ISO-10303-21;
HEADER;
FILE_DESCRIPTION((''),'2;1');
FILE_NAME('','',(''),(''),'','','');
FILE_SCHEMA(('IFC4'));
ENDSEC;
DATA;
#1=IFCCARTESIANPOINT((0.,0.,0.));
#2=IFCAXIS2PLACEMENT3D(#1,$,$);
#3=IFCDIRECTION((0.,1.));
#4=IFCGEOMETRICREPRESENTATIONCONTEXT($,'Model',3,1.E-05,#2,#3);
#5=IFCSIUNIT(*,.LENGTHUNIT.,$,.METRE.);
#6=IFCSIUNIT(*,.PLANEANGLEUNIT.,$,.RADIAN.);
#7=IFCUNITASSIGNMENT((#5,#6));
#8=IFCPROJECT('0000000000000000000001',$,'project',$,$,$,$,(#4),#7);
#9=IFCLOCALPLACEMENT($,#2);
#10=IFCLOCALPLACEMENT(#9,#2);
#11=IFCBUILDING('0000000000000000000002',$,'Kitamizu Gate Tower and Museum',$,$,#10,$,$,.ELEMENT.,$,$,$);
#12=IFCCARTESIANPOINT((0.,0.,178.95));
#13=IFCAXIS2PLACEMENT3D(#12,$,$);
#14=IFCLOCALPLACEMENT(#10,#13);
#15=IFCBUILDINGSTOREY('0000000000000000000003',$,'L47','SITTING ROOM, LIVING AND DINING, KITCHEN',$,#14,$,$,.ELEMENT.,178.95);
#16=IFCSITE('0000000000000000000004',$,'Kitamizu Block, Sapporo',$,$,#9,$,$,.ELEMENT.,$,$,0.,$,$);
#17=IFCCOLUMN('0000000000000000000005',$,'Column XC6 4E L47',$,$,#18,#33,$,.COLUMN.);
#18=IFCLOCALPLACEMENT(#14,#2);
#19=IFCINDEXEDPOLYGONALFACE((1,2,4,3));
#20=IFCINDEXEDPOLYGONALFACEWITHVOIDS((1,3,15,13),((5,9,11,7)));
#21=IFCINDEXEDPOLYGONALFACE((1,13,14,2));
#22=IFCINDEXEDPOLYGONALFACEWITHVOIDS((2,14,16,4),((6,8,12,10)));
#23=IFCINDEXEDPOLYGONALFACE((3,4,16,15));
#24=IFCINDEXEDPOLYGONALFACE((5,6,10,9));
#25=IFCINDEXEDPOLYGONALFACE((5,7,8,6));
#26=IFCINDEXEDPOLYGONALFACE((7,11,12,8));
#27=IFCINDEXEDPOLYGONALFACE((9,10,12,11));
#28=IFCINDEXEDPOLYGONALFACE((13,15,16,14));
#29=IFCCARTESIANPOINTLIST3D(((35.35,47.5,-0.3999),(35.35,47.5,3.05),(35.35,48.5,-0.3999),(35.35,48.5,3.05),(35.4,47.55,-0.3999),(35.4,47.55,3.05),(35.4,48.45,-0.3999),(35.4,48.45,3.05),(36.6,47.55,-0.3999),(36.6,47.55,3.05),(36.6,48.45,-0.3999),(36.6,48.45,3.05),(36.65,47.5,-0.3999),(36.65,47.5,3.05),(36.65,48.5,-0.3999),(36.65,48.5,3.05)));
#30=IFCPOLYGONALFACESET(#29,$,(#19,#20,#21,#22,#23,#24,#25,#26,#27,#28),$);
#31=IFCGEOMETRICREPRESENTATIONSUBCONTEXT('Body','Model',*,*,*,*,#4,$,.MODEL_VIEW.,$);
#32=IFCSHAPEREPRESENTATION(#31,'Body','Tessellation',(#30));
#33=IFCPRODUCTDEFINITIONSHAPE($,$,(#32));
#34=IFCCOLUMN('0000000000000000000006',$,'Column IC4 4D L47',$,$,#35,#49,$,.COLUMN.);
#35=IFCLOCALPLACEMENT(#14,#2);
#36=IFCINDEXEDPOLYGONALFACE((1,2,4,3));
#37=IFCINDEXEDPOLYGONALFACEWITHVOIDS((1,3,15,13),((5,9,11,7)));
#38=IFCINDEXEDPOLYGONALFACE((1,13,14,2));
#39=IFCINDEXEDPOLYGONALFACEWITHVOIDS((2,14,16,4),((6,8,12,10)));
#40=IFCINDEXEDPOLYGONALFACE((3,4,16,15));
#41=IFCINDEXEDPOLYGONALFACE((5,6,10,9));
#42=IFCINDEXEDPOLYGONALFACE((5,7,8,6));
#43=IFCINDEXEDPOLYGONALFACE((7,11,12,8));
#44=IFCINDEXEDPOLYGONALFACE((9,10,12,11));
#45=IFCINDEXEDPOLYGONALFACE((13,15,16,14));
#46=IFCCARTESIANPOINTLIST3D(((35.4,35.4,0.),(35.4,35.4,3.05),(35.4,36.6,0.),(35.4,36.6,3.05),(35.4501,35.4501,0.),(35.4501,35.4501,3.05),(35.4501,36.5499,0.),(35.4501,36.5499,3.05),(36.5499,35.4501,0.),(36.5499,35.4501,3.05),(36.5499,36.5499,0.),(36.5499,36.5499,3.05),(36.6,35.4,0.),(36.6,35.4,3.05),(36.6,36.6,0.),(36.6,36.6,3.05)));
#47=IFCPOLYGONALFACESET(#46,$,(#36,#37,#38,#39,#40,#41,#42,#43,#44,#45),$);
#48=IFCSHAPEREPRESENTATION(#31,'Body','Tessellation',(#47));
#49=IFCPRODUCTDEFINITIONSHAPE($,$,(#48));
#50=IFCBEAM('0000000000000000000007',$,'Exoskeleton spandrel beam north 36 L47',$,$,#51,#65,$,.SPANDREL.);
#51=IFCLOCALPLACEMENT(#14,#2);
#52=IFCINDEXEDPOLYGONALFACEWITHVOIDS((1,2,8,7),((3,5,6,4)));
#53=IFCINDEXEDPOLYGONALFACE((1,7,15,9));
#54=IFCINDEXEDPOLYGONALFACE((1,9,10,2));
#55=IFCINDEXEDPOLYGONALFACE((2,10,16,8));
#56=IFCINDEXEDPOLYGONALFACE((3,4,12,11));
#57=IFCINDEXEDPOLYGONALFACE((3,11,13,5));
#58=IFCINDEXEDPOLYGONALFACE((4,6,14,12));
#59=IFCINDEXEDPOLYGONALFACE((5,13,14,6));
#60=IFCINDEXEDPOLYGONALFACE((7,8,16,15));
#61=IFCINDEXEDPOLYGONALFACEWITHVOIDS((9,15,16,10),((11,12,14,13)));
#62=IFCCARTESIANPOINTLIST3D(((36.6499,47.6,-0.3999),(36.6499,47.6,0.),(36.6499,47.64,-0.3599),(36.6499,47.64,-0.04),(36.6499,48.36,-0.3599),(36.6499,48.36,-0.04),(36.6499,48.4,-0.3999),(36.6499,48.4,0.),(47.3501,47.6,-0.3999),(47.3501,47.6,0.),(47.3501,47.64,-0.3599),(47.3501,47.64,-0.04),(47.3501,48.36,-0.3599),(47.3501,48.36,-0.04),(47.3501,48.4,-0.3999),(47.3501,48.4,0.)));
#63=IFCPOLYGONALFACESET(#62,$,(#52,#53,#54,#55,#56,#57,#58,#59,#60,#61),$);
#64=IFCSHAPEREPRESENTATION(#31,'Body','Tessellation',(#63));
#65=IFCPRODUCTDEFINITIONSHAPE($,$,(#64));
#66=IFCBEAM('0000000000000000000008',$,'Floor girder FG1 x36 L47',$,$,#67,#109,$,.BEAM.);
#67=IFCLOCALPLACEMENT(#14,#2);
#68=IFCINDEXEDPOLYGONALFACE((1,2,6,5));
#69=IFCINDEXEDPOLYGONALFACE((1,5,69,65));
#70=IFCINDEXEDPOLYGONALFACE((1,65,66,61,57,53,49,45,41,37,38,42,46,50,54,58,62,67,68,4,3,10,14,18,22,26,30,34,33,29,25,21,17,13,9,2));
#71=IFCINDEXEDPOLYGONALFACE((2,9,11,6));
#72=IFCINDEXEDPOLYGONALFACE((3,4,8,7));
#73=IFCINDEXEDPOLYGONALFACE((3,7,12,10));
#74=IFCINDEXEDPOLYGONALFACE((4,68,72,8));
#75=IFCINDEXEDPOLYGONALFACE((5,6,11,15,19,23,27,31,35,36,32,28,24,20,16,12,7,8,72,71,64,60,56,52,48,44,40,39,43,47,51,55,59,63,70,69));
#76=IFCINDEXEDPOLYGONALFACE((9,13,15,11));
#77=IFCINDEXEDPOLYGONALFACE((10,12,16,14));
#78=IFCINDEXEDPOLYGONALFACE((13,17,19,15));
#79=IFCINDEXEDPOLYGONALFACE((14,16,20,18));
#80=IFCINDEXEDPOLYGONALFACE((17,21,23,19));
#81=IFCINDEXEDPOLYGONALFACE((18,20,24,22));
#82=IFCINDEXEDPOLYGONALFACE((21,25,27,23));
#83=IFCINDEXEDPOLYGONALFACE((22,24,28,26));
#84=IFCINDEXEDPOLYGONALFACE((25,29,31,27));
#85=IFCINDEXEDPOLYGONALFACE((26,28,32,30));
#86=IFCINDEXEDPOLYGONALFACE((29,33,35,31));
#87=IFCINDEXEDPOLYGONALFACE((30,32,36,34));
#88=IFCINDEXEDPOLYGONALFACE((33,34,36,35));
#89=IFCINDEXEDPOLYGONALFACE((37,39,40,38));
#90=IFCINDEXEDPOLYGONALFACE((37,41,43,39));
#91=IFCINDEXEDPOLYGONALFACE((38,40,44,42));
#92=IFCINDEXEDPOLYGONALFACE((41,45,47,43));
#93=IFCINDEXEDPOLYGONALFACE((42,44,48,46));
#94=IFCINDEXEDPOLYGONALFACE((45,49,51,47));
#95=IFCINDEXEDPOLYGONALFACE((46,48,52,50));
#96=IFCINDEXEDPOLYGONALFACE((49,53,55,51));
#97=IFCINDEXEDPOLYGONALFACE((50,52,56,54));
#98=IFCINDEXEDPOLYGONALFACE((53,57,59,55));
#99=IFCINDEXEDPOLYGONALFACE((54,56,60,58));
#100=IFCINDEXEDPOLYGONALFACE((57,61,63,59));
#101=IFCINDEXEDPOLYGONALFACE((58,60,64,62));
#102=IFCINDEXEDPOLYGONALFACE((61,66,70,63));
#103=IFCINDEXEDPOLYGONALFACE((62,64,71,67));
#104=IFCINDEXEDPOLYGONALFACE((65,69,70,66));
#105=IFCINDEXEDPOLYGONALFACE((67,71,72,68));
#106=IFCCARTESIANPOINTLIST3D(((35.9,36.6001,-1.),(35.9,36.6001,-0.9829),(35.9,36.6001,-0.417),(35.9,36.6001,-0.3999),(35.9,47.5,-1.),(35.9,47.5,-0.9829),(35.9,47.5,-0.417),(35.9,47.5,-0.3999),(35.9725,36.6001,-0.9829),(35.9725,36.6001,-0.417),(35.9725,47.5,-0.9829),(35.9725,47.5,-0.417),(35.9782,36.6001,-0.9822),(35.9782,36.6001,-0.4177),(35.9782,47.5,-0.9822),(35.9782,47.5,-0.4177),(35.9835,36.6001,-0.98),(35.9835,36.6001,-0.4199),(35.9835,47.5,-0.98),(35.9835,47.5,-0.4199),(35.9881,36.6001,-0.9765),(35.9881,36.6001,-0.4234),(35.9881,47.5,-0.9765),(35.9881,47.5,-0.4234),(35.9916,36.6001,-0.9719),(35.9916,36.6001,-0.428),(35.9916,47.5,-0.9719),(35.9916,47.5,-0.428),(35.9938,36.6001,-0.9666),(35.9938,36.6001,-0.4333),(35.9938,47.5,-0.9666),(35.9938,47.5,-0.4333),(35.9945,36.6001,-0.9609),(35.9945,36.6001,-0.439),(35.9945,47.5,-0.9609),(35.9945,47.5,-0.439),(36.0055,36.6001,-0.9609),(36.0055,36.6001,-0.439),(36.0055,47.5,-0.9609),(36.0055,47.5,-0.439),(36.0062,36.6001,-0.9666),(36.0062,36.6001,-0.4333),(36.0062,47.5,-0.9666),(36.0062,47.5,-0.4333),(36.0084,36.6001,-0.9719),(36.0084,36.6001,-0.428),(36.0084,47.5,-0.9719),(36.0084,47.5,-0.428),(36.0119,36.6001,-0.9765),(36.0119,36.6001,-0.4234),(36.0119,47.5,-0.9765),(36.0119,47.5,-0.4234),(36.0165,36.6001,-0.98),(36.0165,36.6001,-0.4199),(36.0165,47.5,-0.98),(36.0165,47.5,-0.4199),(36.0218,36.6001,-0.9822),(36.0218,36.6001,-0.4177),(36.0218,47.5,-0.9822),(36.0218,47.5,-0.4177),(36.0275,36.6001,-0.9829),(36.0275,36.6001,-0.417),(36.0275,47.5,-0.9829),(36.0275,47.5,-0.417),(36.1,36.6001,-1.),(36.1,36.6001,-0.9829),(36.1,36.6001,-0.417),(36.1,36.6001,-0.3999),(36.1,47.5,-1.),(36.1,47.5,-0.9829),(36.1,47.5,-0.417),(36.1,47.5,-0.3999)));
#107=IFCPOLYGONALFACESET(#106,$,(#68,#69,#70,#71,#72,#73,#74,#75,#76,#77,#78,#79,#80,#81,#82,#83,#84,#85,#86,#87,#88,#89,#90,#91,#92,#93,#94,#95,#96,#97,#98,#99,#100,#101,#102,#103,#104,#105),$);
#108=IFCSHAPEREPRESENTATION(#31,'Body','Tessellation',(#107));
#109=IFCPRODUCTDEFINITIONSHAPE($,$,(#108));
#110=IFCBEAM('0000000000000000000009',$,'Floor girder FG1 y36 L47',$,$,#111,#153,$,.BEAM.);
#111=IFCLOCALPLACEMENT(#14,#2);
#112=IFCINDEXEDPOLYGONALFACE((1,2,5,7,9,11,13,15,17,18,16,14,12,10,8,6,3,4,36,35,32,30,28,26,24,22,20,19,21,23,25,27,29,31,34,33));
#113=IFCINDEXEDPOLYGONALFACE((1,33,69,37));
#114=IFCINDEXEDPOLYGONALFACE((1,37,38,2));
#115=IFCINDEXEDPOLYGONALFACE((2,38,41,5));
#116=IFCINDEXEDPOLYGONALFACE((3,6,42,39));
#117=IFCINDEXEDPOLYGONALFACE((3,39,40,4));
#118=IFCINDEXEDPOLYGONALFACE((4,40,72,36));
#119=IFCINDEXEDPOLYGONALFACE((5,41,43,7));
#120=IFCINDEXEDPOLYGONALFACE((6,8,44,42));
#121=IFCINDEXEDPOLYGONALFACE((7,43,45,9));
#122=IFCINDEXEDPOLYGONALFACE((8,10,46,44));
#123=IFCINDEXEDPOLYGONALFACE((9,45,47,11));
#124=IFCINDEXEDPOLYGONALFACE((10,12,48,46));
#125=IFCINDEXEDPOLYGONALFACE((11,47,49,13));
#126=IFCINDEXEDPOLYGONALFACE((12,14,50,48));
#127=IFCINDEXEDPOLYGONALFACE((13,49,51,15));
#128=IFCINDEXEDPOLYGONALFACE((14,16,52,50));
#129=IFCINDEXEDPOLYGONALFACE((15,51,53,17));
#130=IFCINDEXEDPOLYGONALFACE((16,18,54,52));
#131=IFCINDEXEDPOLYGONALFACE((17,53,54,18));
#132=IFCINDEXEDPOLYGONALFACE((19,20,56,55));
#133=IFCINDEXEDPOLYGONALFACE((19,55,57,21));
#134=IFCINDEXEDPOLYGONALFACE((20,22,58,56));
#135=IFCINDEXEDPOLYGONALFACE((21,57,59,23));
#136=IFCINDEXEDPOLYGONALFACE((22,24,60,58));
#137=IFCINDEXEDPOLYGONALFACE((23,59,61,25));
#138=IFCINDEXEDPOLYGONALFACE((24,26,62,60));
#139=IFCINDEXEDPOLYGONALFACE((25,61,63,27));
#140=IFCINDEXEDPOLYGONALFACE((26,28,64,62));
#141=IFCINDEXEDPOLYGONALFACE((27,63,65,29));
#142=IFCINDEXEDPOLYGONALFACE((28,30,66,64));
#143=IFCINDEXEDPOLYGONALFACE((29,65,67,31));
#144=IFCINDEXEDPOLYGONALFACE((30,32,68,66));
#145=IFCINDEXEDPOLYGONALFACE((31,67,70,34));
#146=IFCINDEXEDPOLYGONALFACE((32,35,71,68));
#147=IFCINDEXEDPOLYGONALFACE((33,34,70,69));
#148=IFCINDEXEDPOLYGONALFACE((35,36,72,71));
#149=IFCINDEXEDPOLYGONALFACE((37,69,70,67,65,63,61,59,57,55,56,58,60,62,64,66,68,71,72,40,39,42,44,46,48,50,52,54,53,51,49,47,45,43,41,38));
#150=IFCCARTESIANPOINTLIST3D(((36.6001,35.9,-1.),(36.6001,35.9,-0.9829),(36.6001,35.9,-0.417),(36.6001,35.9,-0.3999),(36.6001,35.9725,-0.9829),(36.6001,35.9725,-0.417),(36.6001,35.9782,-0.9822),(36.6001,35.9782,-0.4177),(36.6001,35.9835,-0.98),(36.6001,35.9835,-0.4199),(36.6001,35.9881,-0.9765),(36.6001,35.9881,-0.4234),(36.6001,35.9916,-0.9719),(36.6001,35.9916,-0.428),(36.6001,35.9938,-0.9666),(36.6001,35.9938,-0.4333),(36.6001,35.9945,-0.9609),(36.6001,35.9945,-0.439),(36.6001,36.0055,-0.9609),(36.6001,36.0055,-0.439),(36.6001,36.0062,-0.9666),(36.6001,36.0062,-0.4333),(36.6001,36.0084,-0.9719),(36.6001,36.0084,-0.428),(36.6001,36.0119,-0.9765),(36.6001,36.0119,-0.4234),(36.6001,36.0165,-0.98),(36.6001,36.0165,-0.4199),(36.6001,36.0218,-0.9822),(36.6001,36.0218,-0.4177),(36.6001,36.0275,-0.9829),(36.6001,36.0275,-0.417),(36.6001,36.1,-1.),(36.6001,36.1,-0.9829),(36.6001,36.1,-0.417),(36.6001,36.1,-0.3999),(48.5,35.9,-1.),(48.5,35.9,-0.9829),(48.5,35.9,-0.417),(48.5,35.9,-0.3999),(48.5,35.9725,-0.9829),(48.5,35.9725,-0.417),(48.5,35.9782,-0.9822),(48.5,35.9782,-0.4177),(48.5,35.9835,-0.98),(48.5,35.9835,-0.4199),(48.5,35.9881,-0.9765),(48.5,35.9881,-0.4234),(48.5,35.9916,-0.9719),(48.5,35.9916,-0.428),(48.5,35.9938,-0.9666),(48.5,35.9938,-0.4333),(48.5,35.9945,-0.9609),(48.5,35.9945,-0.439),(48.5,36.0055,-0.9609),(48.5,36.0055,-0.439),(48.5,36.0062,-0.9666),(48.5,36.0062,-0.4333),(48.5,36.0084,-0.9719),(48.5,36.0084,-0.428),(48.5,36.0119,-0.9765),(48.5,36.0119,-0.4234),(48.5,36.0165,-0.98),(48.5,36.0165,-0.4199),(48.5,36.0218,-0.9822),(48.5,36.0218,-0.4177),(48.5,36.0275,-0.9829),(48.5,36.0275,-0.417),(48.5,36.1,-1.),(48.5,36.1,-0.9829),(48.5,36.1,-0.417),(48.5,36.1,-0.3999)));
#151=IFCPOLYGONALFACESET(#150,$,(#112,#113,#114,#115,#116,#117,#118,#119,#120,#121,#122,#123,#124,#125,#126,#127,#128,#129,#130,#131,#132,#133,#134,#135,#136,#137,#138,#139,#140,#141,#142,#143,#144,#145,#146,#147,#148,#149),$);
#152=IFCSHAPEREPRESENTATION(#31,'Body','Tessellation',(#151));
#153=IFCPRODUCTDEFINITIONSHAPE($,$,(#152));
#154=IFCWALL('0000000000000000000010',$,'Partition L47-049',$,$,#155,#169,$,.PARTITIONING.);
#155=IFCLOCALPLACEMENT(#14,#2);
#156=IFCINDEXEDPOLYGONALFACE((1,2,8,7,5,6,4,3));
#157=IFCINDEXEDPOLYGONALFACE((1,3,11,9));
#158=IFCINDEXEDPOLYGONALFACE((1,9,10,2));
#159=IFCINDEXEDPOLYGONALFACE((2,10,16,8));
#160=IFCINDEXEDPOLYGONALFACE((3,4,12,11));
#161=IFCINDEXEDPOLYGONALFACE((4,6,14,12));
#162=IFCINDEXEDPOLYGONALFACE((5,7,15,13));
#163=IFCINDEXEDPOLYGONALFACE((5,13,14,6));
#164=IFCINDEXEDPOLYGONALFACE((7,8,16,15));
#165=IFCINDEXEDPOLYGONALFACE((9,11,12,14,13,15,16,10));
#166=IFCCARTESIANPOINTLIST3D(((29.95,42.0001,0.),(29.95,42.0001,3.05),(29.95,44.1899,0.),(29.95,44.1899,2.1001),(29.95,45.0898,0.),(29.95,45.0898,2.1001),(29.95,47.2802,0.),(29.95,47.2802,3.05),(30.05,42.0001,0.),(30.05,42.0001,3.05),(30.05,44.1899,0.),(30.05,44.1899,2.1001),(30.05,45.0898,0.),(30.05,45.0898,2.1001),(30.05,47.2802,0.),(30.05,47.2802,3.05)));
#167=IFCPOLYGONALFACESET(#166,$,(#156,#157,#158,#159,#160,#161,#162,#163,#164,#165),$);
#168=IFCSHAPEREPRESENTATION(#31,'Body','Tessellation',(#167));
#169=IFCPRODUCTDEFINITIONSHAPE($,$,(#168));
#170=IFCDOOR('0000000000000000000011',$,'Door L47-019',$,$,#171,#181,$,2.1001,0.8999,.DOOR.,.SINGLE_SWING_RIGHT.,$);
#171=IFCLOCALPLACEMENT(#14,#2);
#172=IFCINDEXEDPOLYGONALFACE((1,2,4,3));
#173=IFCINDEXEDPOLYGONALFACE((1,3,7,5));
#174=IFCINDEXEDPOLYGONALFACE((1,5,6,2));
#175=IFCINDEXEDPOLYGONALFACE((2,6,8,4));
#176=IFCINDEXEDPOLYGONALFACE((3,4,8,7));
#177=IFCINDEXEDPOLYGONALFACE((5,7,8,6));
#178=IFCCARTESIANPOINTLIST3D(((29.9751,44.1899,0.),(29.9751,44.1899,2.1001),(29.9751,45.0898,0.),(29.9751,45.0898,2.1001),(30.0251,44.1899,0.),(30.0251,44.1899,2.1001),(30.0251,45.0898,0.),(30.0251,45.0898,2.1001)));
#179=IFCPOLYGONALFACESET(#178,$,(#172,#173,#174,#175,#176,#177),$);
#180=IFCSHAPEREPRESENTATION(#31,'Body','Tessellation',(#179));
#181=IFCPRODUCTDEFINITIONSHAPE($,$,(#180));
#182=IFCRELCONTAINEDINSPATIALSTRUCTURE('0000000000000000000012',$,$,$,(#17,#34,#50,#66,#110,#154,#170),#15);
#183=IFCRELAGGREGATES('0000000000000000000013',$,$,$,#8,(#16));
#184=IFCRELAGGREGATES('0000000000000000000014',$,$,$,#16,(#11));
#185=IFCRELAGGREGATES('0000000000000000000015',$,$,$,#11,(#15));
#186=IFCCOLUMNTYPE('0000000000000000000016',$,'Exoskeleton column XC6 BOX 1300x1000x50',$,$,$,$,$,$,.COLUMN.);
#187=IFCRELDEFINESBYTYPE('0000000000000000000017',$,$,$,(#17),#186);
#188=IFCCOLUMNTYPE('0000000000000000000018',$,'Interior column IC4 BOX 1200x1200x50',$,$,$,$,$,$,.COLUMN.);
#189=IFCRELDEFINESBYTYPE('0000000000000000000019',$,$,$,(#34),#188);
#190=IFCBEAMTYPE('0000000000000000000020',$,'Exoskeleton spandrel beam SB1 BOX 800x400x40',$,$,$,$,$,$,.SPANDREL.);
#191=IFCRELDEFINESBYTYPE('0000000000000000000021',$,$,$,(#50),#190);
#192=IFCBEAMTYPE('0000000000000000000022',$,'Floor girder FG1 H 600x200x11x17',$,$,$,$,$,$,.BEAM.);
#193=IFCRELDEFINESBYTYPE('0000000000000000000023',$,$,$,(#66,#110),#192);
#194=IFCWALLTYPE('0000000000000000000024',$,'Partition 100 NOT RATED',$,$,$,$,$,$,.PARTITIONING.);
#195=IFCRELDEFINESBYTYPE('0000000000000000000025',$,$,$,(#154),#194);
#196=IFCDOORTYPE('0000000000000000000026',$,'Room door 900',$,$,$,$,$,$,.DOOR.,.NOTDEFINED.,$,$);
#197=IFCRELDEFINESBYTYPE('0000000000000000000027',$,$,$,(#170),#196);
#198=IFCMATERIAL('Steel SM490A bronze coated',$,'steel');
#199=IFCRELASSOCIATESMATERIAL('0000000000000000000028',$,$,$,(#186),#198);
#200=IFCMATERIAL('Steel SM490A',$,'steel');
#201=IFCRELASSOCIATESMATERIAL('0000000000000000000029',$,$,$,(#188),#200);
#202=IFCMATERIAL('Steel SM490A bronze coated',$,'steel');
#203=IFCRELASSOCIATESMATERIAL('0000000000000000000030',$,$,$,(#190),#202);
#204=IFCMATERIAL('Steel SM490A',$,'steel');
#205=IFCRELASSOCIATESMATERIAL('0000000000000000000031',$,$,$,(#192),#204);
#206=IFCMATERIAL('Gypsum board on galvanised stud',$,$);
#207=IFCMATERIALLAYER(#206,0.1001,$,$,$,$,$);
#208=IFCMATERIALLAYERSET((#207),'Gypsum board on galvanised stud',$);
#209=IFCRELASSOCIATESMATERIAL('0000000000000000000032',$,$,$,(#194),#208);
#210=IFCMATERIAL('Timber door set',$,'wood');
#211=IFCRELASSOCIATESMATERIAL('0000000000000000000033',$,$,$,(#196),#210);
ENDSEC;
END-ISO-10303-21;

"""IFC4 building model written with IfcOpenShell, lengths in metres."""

from ifc_helpers import new_model, si_unit, direction, frame, frame_2d, origin, origin_2d, place, context, subcontext, project, spatial, rectangle, hollow_rectangle, i_section, extrude, material, layer, layer_set, material_profile, profile_set, type_object, element, fill, save


model = new_model("IFC4")

# Units and contexts
model_context = context("Model", 3, precision=1e-05, world=origin(), true_north=direction((0.0, 1.0)))
body_context = subcontext(model_context, "Body", "Model", "MODEL_VIEW")
ifc_project = project(units=[si_unit("LENGTHUNIT", "METRE"), si_unit("PLANEANGLEUNIT", "RADIAN")], contexts=[model_context])

# Site, building, storey
site_placement = place(None, origin())
site = spatial("IfcSite", under=ifc_project, at=site_placement, Name="Kitamizu Block, Sapporo", CompositionType="ELEMENT", RefElevation=0.0)
building_placement = place(site_placement, origin())
building = spatial("IfcBuilding", under=site, at=building_placement, Name="Kitamizu Gate Tower and Museum", CompositionType="ELEMENT")
storey_placement = place(building_placement, frame((0.0, 0.0, 178.95)))
storey = spatial("IfcBuildingStorey", under=building, at=storey_placement, Name="L47", Description="SITTING ROOM, LIVING AND DINING, KITCHEN", CompositionType="ELEMENT", Elevation=178.95)

# Columns
ifc_material_1 = material(Name="Steel SM490A bronze coated", Category="steel")
ifc_material_profile_1 = material_profile(ifc_material_1, hollow_rectangle(XDim=1.3, YDim=1.0, WallThickness=0.05, at=origin_2d()), Name="BOX 1300x1000x50")
ifc_profile_set_1 = profile_set([ifc_material_profile_1], Name="Steel SM490A bronze coated")
column_type_1 = type_object("IfcColumnType", Name="Exoskeleton column XC6 BOX 1300x1000x50", PredefinedType="COLUMN", material=ifc_profile_set_1)
column_1_placement = place(storey_placement, frame((36.0, 48.0, -0.3999), z_axis=(0.0, 0.0, 1.0), x_axis=(1.0, 0.0, 0.0)))
element("IfcColumn", 1, at=column_1_placement, inside=storey, type_object=column_type_1, Name="Column XC6 4E L47", PredefinedType="COLUMN", context=body_context, shape_type="SweptSolid", body=[
    extrude(hollow_rectangle(XDim=1.3, YDim=1.0, WallThickness=0.05, at=origin_2d()), origin(), (0.0, 0.0, 1.0), 3.45),
])
ifc_material_2 = material(Name="Steel SM490A", Category="steel")
ifc_material_profile_2 = material_profile(ifc_material_2, hollow_rectangle(XDim=1.2, YDim=1.2, WallThickness=0.05, at=origin_2d()), Name="BOX 1200x1200x50")
ifc_profile_set_2 = profile_set([ifc_material_profile_2], Name="Steel SM490A")
column_type_2 = type_object("IfcColumnType", Name="Interior column IC4 BOX 1200x1200x50", PredefinedType="COLUMN", material=ifc_profile_set_2)
column_2_placement = place(storey_placement, frame((36.0, 36.0, 0.0), z_axis=(0.0, 0.0, 1.0), x_axis=(1.0, 0.0, 0.0)))
element("IfcColumn", 2, at=column_2_placement, inside=storey, type_object=column_type_2, Name="Column IC4 4D L47", PredefinedType="COLUMN", context=body_context, shape_type="SweptSolid", body=[
    extrude(hollow_rectangle(XDim=1.2, YDim=1.2, WallThickness=0.05, at=origin_2d()), origin(), (0.0, 0.0, 1.0), 3.05),
])

# Beams
ifc_material_3 = material(Name="Steel SM490A bronze coated", Category="steel")
ifc_material_profile_3 = material_profile(ifc_material_3, hollow_rectangle(XDim=0.8, YDim=0.3999, WallThickness=0.04, at=origin_2d()), Name="BOX 800x400x40")
ifc_profile_set_3 = profile_set([ifc_material_profile_3], Name="Steel SM490A bronze coated")
beam_type_1 = type_object("IfcBeamType", Name="Exoskeleton spandrel beam SB1 BOX 800x400x40", PredefinedType="SPANDREL", material=ifc_profile_set_3)
beam_1_placement = place(storey_placement, frame((36.6499, 48.0, -0.2), z_axis=(1.0, 0.0, 0.0), x_axis=(0.0, 1.0, 0.0)))
element("IfcBeam", 3, at=beam_1_placement, inside=storey, type_object=beam_type_1, Name="Exoskeleton spandrel beam north 36 L47", PredefinedType="SPANDREL", context=body_context, shape_type="SweptSolid", body=[
    extrude(hollow_rectangle(XDim=0.8, YDim=0.3999, WallThickness=0.04, at=origin_2d()), origin(), (0.0, 0.0, 1.0), 10.7002),
])
ifc_material_4 = material(Name="Steel SM490A", Category="steel")
ifc_material_profile_4 = material_profile(ifc_material_4, i_section(OverallWidth=0.2, OverallDepth=0.6001, WebThickness=0.011, FlangeThickness=0.0171, FilletRadius=0.022, at=origin_2d()), Name="H-600x200x11x17")
ifc_profile_set_4 = profile_set([ifc_material_profile_4], Name="Steel SM490A")
beam_type_2 = type_object("IfcBeamType", Name="Floor girder FG1 H 600x200x11x17", PredefinedType="BEAM", material=ifc_profile_set_4)
beam_2_placement = place(storey_placement, frame((36.0, 36.6001, -0.7), z_axis=(0.0, 1.0, 0.0), x_axis=(-1.0, 0.0, 0.0)))
element("IfcBeam", 4, at=beam_2_placement, inside=storey, type_object=beam_type_2, Name="Floor girder FG1 x36 L47", PredefinedType="BEAM", context=body_context, shape_type="SweptSolid", body=[
    extrude(i_section(OverallWidth=0.2, OverallDepth=0.6001, WebThickness=0.011, FlangeThickness=0.0171, FilletRadius=0.022, at=origin_2d()), origin(), (0.0, 0.0, 1.0), 10.8999),
])
beam_3_placement = place(storey_placement, frame((36.6001, 36.0, -0.7), z_axis=(1.0, 0.0, 0.0), x_axis=(0.0, 1.0, 0.0)))
element("IfcBeam", 5, at=beam_3_placement, inside=storey, type_object=beam_type_2, Name="Floor girder FG1 y36 L47", PredefinedType="BEAM", context=body_context, shape_type="SweptSolid", body=[
    extrude(i_section(OverallWidth=0.2, OverallDepth=0.6001, WebThickness=0.011, FlangeThickness=0.0171, FilletRadius=0.022, at=origin_2d()), origin(), (0.0, 0.0, 1.0), 11.8999),
])

# Wall, opening, door
ifc_material_5 = material(Name="Gypsum board on galvanised stud")
ifc_layer_1 = layer(ifc_material_5, 0.1001)
ifc_layer_set_1 = layer_set([ifc_layer_1], Name="Gypsum board on galvanised stud")
wall_type_1 = type_object("IfcWallType", Name="Partition 100 NOT RATED", PredefinedType="PARTITIONING", material=ifc_layer_set_1)
wall_1_placement = place(storey_placement, frame((30.0, 42.0, 0.0), z_axis=(0.0, 0.0, 1.0), x_axis=(0.0, 1.0, 0.0)))
wall_1 = element("IfcWall", 6, at=wall_1_placement, inside=storey, type_object=wall_type_1, Name="Partition L47-049", PredefinedType="PARTITIONING", context=body_context, shape_type="SweptSolid", body=[
    extrude(rectangle(XDim=5.28, YDim=0.1001, at=frame_2d((2.6401, 0.0))), origin(), (0.0, 0.0, 1.0), 3.05),
])
opening_1_placement = place(wall_1_placement, frame((2.1899, 0.0, 0.0)))
opening_1 = element("IfcOpeningElement", 7, at=opening_1_placement, cuts=wall_1, PredefinedType="OPENING", context=body_context, shape_type="SweptSolid", body=[
    extrude(rectangle(XDim=0.8999, YDim=2.1001, at=frame_2d((0.45, 1.05))), frame((0.0, 0.0601, 0.0), z_axis=(0.0, -1.0, 0.0), x_axis=(1.0, 0.0, 0.0)), (0.0, 0.0, 1.0), 0.1201),
])
ifc_material_6 = material(Name="Timber door set", Category="wood")
door_type_1 = type_object("IfcDoorType", Name="Room door 900", OperationType="NOTDEFINED", PredefinedType="DOOR", material=ifc_material_6)
door_1_placement = place(opening_1_placement, origin())
door_1 = element("IfcDoor", 8, at=door_1_placement, inside=storey, type_object=door_type_1, Name="Door L47-019", OperationType="SINGLE_SWING_RIGHT", OverallHeight=2.1001, OverallWidth=0.8999, PredefinedType="DOOR", context=body_context, shape_type="SweptSolid", body=[
    extrude(rectangle(XDim=0.8999, YDim=2.1001, at=frame_2d((0.45, 1.05))), frame((0.0, 0.0249, 0.0), z_axis=(0.0, -1.0, 0.0), x_axis=(1.0, 0.0, 0.0)), (0.0, 0.0, 1.0), 0.05),
])
fill(opening_1, door_1)

save(model, "model.ifc")
